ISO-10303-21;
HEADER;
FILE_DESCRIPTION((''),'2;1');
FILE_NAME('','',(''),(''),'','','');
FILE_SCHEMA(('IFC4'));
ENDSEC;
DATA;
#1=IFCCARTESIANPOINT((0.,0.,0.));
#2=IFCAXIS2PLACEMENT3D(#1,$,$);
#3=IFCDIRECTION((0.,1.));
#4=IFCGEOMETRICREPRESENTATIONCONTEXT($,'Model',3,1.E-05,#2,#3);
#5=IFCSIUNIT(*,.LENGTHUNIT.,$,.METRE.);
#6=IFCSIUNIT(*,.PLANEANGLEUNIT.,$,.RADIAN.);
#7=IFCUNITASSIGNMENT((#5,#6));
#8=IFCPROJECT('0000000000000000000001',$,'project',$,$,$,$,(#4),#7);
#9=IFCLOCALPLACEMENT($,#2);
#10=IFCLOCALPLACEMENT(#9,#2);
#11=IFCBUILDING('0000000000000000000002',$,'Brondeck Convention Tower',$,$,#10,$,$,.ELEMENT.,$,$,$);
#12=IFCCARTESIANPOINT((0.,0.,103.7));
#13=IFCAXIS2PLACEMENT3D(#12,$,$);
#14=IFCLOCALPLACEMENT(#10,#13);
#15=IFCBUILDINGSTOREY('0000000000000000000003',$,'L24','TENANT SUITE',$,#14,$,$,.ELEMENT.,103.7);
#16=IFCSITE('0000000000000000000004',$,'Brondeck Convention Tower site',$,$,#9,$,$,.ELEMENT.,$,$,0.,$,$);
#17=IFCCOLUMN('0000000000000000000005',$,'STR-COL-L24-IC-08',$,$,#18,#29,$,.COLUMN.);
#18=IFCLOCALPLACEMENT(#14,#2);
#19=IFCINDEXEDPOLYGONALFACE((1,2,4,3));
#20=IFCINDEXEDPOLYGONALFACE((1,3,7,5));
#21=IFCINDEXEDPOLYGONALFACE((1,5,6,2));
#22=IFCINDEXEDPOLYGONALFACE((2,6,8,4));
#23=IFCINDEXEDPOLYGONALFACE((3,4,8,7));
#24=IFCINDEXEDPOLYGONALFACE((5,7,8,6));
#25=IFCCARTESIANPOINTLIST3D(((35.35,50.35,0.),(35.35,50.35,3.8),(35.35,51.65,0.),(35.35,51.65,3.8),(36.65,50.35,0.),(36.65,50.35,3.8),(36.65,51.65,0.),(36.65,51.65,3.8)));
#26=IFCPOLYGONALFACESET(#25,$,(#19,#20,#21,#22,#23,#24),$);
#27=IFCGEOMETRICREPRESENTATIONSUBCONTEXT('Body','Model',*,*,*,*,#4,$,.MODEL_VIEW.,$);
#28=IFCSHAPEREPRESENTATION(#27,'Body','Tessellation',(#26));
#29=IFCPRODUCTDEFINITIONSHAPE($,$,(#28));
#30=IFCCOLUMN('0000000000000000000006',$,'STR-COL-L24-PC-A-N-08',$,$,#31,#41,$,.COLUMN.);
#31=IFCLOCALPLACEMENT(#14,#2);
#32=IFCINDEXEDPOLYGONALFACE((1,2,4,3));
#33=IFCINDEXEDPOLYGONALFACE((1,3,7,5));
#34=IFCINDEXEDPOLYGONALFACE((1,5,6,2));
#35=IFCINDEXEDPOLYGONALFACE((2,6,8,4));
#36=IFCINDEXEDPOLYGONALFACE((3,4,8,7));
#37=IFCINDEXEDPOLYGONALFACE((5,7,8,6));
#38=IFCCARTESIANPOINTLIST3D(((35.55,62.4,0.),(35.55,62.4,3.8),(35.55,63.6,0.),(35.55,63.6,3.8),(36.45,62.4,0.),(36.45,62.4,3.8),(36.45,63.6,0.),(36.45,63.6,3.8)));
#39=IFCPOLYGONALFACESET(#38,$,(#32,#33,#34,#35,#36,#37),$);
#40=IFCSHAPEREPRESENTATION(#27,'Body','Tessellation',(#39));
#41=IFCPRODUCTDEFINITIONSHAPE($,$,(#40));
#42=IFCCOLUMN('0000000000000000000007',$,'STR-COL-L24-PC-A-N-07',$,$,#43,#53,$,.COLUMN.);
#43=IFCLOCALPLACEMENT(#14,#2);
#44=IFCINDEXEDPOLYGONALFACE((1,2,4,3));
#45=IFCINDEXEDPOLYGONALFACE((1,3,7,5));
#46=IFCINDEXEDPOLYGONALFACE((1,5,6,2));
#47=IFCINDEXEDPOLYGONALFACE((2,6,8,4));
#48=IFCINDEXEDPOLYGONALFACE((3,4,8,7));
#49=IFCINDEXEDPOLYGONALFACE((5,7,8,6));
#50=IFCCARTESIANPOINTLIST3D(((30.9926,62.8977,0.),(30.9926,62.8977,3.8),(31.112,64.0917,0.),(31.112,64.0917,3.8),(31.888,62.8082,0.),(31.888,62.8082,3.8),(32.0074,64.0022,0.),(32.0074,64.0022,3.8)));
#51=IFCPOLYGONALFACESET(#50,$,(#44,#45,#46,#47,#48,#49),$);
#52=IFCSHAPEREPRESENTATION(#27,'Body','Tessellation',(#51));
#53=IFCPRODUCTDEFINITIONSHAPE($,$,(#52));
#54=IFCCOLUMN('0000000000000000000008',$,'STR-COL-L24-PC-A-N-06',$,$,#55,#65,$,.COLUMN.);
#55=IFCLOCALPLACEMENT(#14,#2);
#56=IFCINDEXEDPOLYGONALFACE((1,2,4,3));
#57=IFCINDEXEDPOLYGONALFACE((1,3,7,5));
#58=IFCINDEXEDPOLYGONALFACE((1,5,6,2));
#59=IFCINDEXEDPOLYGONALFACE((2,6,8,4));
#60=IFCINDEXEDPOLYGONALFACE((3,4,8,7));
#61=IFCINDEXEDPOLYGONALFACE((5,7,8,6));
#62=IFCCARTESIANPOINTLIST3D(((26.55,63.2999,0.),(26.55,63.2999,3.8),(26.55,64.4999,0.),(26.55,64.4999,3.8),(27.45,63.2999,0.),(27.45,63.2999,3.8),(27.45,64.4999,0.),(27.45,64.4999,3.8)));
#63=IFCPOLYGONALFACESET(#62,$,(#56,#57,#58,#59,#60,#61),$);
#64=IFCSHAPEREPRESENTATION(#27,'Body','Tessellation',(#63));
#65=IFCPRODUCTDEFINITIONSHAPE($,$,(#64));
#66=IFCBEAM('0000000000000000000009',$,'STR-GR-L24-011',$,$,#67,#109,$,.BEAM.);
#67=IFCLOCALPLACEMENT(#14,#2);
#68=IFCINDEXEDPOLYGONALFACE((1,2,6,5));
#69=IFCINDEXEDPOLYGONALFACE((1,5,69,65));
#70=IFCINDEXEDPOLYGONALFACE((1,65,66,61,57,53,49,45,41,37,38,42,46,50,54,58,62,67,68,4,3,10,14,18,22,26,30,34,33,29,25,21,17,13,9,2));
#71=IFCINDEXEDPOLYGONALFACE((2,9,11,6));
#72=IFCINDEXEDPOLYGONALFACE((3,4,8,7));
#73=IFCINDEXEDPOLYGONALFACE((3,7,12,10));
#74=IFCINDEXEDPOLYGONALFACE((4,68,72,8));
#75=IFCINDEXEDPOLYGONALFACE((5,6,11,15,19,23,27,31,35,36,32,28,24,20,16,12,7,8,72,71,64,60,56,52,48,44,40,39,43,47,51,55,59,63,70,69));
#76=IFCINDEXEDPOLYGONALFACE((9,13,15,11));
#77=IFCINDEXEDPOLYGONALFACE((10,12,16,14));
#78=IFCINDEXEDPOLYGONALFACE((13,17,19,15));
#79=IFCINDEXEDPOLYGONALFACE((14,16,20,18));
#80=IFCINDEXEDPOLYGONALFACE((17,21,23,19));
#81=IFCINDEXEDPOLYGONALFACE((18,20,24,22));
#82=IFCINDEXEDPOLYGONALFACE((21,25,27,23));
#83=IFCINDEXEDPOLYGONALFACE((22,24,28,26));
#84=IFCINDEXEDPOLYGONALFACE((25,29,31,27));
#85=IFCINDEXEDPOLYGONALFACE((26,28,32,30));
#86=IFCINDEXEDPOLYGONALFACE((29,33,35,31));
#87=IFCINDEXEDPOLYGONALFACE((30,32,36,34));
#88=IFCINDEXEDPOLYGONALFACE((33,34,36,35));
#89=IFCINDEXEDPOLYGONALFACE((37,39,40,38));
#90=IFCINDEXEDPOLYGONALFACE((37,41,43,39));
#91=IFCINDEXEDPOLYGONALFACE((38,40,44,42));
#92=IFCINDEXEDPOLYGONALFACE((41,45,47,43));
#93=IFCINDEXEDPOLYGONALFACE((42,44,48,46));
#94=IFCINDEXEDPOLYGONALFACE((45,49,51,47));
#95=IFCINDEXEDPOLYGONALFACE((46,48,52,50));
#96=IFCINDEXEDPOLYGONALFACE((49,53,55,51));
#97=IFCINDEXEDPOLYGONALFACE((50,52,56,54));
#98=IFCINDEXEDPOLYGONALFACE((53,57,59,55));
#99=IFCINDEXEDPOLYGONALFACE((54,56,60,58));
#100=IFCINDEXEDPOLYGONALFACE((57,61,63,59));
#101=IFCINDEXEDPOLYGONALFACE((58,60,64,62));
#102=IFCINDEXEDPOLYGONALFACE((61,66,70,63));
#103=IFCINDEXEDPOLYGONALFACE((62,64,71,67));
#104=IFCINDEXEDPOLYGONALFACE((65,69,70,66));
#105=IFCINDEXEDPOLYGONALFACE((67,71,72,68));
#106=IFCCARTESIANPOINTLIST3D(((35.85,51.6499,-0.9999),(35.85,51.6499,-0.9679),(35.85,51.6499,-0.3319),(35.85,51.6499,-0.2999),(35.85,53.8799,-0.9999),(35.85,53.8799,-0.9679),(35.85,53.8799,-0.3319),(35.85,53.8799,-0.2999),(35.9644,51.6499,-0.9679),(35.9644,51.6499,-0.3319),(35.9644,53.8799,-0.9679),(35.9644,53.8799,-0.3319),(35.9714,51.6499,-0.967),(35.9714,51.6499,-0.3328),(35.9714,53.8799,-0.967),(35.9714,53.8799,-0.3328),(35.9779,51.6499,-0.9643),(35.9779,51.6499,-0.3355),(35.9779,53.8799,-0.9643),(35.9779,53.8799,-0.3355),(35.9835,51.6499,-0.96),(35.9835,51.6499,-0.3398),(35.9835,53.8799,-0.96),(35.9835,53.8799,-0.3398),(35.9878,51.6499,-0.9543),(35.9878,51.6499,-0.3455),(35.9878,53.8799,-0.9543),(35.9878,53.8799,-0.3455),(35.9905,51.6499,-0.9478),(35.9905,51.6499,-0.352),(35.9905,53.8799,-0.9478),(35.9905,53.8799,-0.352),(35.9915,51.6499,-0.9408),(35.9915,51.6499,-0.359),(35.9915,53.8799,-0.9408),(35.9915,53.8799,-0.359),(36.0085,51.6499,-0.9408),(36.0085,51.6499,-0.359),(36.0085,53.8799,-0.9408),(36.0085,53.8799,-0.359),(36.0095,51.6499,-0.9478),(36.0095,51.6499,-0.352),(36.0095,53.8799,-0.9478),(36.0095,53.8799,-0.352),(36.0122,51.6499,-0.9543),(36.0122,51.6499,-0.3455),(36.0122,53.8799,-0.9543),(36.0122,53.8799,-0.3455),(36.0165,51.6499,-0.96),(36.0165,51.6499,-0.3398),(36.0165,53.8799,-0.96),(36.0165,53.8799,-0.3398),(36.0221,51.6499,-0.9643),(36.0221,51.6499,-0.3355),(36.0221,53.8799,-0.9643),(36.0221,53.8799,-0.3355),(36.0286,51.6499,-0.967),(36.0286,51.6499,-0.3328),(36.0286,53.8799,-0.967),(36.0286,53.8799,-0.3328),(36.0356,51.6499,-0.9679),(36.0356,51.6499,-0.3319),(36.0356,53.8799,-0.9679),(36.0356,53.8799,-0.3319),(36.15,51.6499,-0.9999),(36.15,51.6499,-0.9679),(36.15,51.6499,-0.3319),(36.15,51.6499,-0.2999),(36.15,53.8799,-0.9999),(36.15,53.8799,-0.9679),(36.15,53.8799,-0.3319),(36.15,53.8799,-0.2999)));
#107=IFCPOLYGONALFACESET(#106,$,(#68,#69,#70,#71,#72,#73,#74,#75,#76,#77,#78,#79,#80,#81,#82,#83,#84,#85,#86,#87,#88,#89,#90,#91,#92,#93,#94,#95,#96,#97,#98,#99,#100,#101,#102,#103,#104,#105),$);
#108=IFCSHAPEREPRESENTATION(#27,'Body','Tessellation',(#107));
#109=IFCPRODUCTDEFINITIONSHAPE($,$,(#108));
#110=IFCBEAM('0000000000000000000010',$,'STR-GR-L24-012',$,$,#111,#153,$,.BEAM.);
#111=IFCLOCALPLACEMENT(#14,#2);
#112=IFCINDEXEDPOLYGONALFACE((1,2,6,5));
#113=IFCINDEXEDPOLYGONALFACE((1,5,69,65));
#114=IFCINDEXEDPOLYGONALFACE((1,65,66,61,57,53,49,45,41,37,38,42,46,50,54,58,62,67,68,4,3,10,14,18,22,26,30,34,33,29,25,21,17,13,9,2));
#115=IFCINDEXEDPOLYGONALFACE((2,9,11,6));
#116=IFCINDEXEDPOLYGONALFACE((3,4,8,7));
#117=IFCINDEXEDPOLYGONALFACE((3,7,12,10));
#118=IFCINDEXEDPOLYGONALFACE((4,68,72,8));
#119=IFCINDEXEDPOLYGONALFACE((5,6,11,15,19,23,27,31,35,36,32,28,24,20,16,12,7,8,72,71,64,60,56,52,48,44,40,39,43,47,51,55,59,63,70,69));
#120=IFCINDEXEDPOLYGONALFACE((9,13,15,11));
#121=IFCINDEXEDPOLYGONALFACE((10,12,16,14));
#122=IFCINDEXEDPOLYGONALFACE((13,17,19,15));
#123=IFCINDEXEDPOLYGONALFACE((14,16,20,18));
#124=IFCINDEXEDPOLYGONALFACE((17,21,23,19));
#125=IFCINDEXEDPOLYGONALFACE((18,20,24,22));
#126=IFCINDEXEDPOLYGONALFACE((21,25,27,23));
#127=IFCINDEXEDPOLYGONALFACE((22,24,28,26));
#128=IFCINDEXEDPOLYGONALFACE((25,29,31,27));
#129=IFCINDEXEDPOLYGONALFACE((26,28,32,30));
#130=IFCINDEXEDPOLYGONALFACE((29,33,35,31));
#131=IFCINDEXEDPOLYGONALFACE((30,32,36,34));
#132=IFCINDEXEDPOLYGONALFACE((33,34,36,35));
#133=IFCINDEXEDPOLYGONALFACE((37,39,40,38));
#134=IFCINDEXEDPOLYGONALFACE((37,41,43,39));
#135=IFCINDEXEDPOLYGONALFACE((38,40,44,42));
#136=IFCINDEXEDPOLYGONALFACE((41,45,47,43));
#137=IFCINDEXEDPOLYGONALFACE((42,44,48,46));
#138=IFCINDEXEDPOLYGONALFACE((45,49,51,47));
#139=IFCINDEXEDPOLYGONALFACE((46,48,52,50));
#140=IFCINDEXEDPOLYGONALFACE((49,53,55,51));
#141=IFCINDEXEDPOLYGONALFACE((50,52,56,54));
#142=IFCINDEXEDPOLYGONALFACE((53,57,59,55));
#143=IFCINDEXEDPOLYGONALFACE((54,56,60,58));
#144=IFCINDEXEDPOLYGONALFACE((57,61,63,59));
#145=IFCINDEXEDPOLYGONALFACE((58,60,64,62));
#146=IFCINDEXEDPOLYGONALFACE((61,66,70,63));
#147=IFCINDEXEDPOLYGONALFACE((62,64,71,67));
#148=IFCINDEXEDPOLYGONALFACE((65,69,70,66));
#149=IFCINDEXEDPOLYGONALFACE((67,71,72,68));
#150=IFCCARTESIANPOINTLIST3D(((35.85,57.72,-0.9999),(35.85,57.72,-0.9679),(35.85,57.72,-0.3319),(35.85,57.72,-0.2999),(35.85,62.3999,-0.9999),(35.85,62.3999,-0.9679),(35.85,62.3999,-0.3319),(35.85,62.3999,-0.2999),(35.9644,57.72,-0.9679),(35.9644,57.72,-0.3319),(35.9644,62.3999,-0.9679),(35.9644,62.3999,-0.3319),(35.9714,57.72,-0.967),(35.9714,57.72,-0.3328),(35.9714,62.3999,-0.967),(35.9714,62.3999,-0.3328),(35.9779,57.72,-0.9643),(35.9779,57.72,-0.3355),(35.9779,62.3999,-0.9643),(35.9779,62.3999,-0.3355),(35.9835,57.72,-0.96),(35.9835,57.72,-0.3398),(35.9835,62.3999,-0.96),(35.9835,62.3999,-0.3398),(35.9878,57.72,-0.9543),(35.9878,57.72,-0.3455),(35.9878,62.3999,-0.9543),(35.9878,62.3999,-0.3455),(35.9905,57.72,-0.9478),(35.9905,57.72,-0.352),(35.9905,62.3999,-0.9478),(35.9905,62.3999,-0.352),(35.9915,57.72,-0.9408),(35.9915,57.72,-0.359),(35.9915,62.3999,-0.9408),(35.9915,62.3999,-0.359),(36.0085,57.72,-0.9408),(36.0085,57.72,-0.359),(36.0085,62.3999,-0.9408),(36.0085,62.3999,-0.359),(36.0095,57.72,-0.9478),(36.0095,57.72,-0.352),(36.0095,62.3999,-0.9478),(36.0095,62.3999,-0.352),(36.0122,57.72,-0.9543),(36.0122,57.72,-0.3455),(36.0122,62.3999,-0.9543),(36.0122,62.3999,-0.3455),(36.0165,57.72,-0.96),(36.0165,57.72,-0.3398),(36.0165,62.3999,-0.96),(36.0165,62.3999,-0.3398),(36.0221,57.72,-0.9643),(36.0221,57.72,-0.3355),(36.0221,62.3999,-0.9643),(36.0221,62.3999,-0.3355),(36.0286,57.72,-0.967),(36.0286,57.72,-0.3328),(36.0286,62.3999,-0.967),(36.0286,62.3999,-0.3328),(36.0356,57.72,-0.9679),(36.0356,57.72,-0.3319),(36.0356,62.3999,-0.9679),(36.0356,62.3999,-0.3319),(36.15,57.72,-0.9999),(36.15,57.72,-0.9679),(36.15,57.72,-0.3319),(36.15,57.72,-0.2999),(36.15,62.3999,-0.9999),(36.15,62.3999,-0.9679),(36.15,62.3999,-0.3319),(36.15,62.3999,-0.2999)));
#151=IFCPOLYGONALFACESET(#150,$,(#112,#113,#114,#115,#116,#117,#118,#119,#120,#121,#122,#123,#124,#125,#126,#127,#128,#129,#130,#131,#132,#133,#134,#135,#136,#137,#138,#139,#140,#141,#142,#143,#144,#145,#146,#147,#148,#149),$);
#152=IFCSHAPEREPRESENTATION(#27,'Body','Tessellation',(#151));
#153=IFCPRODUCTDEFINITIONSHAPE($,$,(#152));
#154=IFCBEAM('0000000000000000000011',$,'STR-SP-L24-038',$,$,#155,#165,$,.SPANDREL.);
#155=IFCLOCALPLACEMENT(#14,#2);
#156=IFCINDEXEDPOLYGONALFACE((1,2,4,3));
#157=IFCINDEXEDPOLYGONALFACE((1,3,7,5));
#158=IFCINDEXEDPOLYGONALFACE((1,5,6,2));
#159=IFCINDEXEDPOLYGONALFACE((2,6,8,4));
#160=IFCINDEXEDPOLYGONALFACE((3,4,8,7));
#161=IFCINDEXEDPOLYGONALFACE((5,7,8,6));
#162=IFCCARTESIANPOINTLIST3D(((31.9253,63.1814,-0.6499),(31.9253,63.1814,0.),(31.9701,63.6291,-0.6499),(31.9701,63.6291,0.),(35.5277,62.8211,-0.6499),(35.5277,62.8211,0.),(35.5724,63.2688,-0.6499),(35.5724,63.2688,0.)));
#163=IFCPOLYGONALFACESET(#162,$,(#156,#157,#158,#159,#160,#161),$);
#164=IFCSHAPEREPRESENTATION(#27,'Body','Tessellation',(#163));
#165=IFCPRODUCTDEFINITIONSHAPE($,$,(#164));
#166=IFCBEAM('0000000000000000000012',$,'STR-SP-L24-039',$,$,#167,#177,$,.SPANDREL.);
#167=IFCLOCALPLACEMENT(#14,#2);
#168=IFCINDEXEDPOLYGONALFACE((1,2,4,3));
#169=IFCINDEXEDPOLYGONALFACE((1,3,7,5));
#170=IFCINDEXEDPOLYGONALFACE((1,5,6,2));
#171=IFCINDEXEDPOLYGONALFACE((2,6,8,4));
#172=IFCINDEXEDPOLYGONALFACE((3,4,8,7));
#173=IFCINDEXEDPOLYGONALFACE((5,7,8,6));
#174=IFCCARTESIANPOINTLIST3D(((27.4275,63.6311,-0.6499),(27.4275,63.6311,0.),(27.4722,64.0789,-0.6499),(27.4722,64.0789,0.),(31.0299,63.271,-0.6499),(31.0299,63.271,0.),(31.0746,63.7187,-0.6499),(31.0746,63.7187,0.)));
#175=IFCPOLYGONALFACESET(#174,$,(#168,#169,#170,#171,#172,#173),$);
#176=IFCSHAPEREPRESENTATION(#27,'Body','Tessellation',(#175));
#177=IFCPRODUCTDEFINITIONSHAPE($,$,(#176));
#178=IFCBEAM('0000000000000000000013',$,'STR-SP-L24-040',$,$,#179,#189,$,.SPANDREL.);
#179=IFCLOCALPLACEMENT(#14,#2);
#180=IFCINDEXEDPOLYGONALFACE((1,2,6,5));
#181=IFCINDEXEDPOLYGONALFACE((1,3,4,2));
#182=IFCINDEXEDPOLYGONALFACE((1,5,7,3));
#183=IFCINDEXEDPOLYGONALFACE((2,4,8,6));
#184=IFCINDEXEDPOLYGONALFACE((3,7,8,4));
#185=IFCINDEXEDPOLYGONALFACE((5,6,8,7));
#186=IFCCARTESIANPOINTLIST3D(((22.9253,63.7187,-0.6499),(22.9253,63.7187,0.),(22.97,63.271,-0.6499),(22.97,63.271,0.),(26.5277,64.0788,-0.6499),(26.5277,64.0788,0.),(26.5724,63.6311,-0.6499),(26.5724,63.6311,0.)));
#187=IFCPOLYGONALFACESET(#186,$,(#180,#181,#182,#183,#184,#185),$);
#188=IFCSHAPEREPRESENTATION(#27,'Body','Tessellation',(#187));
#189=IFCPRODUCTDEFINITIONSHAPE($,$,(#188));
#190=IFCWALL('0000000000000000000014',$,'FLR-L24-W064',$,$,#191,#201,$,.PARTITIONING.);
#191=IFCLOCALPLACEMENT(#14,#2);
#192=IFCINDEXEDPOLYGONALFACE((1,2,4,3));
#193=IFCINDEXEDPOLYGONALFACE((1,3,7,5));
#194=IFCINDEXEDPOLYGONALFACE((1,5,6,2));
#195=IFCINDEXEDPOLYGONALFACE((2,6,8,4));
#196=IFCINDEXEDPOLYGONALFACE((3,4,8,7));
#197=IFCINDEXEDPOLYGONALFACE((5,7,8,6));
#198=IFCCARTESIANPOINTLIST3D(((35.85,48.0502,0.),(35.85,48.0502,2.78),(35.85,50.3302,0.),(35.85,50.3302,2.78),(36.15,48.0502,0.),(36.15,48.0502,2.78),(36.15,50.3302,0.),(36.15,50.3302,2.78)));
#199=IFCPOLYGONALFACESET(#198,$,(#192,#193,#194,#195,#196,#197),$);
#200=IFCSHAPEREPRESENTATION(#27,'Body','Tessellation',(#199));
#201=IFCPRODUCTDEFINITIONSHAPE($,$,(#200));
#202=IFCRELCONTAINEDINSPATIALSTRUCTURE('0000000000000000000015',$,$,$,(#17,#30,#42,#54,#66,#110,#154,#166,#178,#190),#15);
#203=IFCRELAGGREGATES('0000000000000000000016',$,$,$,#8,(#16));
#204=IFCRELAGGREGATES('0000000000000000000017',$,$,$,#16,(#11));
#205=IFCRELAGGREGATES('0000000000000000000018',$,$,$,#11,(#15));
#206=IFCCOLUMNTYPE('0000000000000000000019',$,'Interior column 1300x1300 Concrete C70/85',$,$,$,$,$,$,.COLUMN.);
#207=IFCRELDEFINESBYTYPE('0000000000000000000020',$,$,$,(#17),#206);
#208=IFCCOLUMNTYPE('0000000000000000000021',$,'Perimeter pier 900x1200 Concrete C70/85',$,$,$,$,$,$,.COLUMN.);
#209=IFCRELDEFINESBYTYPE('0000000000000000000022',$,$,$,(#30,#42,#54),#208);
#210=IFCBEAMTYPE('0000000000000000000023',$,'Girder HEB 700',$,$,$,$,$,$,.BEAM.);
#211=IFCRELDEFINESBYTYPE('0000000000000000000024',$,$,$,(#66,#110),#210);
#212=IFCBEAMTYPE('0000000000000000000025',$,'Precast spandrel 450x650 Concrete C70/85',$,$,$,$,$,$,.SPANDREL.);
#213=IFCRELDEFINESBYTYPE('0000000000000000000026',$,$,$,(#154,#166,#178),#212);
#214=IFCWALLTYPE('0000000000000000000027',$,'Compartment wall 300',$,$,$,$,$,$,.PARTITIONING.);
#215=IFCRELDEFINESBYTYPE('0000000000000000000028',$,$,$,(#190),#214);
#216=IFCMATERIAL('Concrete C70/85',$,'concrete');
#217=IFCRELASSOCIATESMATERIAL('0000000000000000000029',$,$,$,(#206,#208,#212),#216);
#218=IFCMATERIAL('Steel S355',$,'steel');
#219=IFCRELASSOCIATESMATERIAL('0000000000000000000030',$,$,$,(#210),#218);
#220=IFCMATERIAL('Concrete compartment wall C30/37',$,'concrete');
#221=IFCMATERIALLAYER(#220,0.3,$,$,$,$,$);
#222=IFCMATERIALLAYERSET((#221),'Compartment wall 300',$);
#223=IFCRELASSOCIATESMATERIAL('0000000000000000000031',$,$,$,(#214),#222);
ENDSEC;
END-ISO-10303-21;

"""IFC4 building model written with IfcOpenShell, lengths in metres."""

from ifc_helpers import new_model, si_unit, direction, frame, frame_2d, origin, origin_2d, place, context, subcontext, project, spatial, rectangle, i_section, extrude, material, layer, layer_set, material_profile, profile_set, type_object, element, save


model = new_model("IFC4")

# Units and contexts
model_context = context("Model", 3, precision=1e-05, world=origin(), true_north=direction((0.0, 1.0)))
body_context = subcontext(model_context, "Body", "Model", "MODEL_VIEW")
ifc_project = project(units=[si_unit("LENGTHUNIT", "METRE"), si_unit("PLANEANGLEUNIT", "RADIAN")], contexts=[model_context])

# Site, building, storey
site_placement = place(None, origin())
site = spatial("IfcSite", under=ifc_project, at=site_placement, Name="Brondeck Convention Tower site", CompositionType="ELEMENT", RefElevation=0.0)
building_placement = place(site_placement, origin())
building = spatial("IfcBuilding", under=site, at=building_placement, Name="Brondeck Convention Tower", CompositionType="ELEMENT")
storey_placement = place(building_placement, frame((0.0, 0.0, 103.7)))
storey = spatial("IfcBuildingStorey", under=building, at=storey_placement, Name="L24", Description="TENANT SUITE", CompositionType="ELEMENT", Elevation=103.7)

# Columns
ifc_material_1 = material(Name="Concrete C70/85", Category="concrete")
ifc_material_profile_1 = material_profile(ifc_material_1, rectangle(XDim=1.3, YDim=1.3, at=origin_2d()), Name="Interior column 1300x1300 Concrete C70/85")
ifc_profile_set_1 = profile_set([ifc_material_profile_1], Name="Concrete C70/85")
column_type_1 = type_object("IfcColumnType", Name="Interior column 1300x1300 Concrete C70/85", PredefinedType="COLUMN", material=ifc_profile_set_1)
column_placement = place(storey_placement, frame((36.0, 51.0, 0.0), z_axis=(0.0, 0.0, 1.0), x_axis=(1.0, 0.0, 0.0)))
element("IfcColumn", 1, at=column_placement, inside=storey, type_object=column_type_1, Name="STR-COL-L24-IC-08", PredefinedType="COLUMN", context=body_context, shape_type="SweptSolid", body=[
    extrude(rectangle(XDim=1.3, YDim=1.3, at=origin_2d()), origin(), (0.0, 0.0, 1.0), 3.8),
])
ifc_material_profile_2 = material_profile(ifc_material_1, rectangle(XDim=0.8999, YDim=1.2, at=origin_2d()), Name="Perimeter pier 900x1200 Concrete C70/85")
ifc_profile_set_2 = profile_set([ifc_material_profile_2], Name="Concrete C70/85")
column_type_2 = type_object("IfcColumnType", Name="Perimeter pier 900x1200 Concrete C70/85", PredefinedType="COLUMN", material=ifc_profile_set_2)
for number, where, z_axis, x_axis, name in (
    (2, (36.0, 63.0, 0.0), (0.0, 0.0, 1.0), (-1.0, 0.0, 0.0), "STR-COL-L24-PC-A-N-08"),
    (3, (31.5, 63.45, 0.0), (0.0, 0.0, 1.0), (-0.995037, 0.099504, 0.0), "STR-COL-L24-PC-A-N-07"),
    (4, (27.0, 63.8999, 0.0), (0.0, 0.0, 1.0), (-1.0, 0.0, 0.0), "STR-COL-L24-PC-A-N-06"),
):
    element("IfcColumn", number, at=place(storey_placement, frame(where, z_axis=z_axis, x_axis=x_axis)), inside=storey, type_object=column_type_2, Name=name, PredefinedType="COLUMN", context=body_context, shape_type="SweptSolid", body=[
        extrude(rectangle(XDim=0.8999, YDim=1.2, at=origin_2d()), origin(), (0.0, 0.0, 1.0), 3.8),
    ])

# Beams
ifc_material_2 = material(Name="Steel S355", Category="steel")
ifc_material_profile_3 = material_profile(ifc_material_2, i_section(OverallWidth=0.3, OverallDepth=0.7, WebThickness=0.0171, FlangeThickness=0.032, FilletRadius=0.0271, at=origin_2d()), Name="HEB 700")
ifc_profile_set_3 = profile_set([ifc_material_profile_3], Name="Steel S355")
beam_type_1 = type_object("IfcBeamType", Name="Girder HEB 700", PredefinedType="BEAM", material=ifc_profile_set_3)
beam_1_placement = place(storey_placement, frame((36.0, 51.6499, -0.6499), z_axis=(0.0, 1.0, 0.0), x_axis=(-1.0, 0.0, 0.0)))
element("IfcBeam", 5, at=beam_1_placement, inside=storey, type_object=beam_type_1, Name="STR-GR-L24-011", PredefinedType="BEAM", context=body_context, shape_type="SweptSolid", body=[
    extrude(i_section(OverallWidth=0.3, OverallDepth=0.7, WebThickness=0.0171, FlangeThickness=0.032, FilletRadius=0.0271, at=origin_2d()), origin(), (0.0, 0.0, 1.0), 2.23),
])
beam_2_placement = place(storey_placement, frame((36.0, 57.72, -0.6499), z_axis=(0.0, 1.0, 0.0), x_axis=(-1.0, 0.0, 0.0)))
element("IfcBeam", 6, at=beam_2_placement, inside=storey, type_object=beam_type_1, Name="STR-GR-L24-012", PredefinedType="BEAM", context=body_context, shape_type="SweptSolid", body=[
    extrude(i_section(OverallWidth=0.3, OverallDepth=0.7, WebThickness=0.0171, FlangeThickness=0.032, FilletRadius=0.0271, at=origin_2d()), origin(), (0.0, 0.0, 1.0), 4.6799),
])
ifc_material_profile_4 = material_profile(ifc_material_1, rectangle(XDim=0.45, YDim=0.6499, at=origin_2d()), Name="Precast spandrel 450x650 Concrete C70/85")
ifc_profile_set_4 = profile_set([ifc_material_profile_4], Name="Concrete C70/85")
beam_type_2 = type_object("IfcBeamType", Name="Precast spandrel 450x650 Concrete C70/85", PredefinedType="SPANDREL", material=ifc_profile_set_4)
for number, where, z_axis, x_axis, name in (
    (7, (35.55, 63.0449, -0.325), (-0.995034, 0.099537, 0.0), (-0.099537, -0.995034, 0.0), "STR-SP-L24-038"),
    (8, (31.0522, 63.4949, -0.325), (-0.995041, 0.09947, 0.0), (-0.09947, -0.995041, 0.0), "STR-SP-L24-039"),
    (9, (26.55, 63.855, -0.325), (-0.995041, -0.09947, 0.0), (0.09947, -0.995041, 0.0), "STR-SP-L24-040"),
):
    element("IfcBeam", number, at=place(storey_placement, frame(where, z_axis=z_axis, x_axis=x_axis)), inside=storey, type_object=beam_type_2, Name=name, PredefinedType="SPANDREL", context=body_context, shape_type="SweptSolid", body=[
        extrude(rectangle(XDim=0.45, YDim=0.6499, at=origin_2d()), origin(), (0.0, 0.0, 1.0), 3.6204),
    ])

# Wall
ifc_material_3 = material(Name="Concrete compartment wall C30/37", Category="concrete")
ifc_layer_1 = layer(ifc_material_3, 0.3)
ifc_layer_set_1 = layer_set([ifc_layer_1], Name="Compartment wall 300")
wall_type_1 = type_object("IfcWallType", Name="Compartment wall 300", PredefinedType="PARTITIONING", material=ifc_layer_set_1)
wall_1_placement = place(storey_placement, frame((36.0, 48.05, 0.0), z_axis=(0.0, 0.0, 1.0), x_axis=(0.0, 1.0, 0.0)))
element("IfcWall", 10, at=wall_1_placement, inside=storey, type_object=wall_type_1, Name="FLR-L24-W064", PredefinedType="PARTITIONING", context=body_context, shape_type="SweptSolid", body=[
    extrude(rectangle(XDim=2.28, YDim=0.3, at=frame_2d((1.1401, 0.0))), origin(), (0.0, 0.0, 1.0), 2.78),
])

save(model, "model.ifc")
